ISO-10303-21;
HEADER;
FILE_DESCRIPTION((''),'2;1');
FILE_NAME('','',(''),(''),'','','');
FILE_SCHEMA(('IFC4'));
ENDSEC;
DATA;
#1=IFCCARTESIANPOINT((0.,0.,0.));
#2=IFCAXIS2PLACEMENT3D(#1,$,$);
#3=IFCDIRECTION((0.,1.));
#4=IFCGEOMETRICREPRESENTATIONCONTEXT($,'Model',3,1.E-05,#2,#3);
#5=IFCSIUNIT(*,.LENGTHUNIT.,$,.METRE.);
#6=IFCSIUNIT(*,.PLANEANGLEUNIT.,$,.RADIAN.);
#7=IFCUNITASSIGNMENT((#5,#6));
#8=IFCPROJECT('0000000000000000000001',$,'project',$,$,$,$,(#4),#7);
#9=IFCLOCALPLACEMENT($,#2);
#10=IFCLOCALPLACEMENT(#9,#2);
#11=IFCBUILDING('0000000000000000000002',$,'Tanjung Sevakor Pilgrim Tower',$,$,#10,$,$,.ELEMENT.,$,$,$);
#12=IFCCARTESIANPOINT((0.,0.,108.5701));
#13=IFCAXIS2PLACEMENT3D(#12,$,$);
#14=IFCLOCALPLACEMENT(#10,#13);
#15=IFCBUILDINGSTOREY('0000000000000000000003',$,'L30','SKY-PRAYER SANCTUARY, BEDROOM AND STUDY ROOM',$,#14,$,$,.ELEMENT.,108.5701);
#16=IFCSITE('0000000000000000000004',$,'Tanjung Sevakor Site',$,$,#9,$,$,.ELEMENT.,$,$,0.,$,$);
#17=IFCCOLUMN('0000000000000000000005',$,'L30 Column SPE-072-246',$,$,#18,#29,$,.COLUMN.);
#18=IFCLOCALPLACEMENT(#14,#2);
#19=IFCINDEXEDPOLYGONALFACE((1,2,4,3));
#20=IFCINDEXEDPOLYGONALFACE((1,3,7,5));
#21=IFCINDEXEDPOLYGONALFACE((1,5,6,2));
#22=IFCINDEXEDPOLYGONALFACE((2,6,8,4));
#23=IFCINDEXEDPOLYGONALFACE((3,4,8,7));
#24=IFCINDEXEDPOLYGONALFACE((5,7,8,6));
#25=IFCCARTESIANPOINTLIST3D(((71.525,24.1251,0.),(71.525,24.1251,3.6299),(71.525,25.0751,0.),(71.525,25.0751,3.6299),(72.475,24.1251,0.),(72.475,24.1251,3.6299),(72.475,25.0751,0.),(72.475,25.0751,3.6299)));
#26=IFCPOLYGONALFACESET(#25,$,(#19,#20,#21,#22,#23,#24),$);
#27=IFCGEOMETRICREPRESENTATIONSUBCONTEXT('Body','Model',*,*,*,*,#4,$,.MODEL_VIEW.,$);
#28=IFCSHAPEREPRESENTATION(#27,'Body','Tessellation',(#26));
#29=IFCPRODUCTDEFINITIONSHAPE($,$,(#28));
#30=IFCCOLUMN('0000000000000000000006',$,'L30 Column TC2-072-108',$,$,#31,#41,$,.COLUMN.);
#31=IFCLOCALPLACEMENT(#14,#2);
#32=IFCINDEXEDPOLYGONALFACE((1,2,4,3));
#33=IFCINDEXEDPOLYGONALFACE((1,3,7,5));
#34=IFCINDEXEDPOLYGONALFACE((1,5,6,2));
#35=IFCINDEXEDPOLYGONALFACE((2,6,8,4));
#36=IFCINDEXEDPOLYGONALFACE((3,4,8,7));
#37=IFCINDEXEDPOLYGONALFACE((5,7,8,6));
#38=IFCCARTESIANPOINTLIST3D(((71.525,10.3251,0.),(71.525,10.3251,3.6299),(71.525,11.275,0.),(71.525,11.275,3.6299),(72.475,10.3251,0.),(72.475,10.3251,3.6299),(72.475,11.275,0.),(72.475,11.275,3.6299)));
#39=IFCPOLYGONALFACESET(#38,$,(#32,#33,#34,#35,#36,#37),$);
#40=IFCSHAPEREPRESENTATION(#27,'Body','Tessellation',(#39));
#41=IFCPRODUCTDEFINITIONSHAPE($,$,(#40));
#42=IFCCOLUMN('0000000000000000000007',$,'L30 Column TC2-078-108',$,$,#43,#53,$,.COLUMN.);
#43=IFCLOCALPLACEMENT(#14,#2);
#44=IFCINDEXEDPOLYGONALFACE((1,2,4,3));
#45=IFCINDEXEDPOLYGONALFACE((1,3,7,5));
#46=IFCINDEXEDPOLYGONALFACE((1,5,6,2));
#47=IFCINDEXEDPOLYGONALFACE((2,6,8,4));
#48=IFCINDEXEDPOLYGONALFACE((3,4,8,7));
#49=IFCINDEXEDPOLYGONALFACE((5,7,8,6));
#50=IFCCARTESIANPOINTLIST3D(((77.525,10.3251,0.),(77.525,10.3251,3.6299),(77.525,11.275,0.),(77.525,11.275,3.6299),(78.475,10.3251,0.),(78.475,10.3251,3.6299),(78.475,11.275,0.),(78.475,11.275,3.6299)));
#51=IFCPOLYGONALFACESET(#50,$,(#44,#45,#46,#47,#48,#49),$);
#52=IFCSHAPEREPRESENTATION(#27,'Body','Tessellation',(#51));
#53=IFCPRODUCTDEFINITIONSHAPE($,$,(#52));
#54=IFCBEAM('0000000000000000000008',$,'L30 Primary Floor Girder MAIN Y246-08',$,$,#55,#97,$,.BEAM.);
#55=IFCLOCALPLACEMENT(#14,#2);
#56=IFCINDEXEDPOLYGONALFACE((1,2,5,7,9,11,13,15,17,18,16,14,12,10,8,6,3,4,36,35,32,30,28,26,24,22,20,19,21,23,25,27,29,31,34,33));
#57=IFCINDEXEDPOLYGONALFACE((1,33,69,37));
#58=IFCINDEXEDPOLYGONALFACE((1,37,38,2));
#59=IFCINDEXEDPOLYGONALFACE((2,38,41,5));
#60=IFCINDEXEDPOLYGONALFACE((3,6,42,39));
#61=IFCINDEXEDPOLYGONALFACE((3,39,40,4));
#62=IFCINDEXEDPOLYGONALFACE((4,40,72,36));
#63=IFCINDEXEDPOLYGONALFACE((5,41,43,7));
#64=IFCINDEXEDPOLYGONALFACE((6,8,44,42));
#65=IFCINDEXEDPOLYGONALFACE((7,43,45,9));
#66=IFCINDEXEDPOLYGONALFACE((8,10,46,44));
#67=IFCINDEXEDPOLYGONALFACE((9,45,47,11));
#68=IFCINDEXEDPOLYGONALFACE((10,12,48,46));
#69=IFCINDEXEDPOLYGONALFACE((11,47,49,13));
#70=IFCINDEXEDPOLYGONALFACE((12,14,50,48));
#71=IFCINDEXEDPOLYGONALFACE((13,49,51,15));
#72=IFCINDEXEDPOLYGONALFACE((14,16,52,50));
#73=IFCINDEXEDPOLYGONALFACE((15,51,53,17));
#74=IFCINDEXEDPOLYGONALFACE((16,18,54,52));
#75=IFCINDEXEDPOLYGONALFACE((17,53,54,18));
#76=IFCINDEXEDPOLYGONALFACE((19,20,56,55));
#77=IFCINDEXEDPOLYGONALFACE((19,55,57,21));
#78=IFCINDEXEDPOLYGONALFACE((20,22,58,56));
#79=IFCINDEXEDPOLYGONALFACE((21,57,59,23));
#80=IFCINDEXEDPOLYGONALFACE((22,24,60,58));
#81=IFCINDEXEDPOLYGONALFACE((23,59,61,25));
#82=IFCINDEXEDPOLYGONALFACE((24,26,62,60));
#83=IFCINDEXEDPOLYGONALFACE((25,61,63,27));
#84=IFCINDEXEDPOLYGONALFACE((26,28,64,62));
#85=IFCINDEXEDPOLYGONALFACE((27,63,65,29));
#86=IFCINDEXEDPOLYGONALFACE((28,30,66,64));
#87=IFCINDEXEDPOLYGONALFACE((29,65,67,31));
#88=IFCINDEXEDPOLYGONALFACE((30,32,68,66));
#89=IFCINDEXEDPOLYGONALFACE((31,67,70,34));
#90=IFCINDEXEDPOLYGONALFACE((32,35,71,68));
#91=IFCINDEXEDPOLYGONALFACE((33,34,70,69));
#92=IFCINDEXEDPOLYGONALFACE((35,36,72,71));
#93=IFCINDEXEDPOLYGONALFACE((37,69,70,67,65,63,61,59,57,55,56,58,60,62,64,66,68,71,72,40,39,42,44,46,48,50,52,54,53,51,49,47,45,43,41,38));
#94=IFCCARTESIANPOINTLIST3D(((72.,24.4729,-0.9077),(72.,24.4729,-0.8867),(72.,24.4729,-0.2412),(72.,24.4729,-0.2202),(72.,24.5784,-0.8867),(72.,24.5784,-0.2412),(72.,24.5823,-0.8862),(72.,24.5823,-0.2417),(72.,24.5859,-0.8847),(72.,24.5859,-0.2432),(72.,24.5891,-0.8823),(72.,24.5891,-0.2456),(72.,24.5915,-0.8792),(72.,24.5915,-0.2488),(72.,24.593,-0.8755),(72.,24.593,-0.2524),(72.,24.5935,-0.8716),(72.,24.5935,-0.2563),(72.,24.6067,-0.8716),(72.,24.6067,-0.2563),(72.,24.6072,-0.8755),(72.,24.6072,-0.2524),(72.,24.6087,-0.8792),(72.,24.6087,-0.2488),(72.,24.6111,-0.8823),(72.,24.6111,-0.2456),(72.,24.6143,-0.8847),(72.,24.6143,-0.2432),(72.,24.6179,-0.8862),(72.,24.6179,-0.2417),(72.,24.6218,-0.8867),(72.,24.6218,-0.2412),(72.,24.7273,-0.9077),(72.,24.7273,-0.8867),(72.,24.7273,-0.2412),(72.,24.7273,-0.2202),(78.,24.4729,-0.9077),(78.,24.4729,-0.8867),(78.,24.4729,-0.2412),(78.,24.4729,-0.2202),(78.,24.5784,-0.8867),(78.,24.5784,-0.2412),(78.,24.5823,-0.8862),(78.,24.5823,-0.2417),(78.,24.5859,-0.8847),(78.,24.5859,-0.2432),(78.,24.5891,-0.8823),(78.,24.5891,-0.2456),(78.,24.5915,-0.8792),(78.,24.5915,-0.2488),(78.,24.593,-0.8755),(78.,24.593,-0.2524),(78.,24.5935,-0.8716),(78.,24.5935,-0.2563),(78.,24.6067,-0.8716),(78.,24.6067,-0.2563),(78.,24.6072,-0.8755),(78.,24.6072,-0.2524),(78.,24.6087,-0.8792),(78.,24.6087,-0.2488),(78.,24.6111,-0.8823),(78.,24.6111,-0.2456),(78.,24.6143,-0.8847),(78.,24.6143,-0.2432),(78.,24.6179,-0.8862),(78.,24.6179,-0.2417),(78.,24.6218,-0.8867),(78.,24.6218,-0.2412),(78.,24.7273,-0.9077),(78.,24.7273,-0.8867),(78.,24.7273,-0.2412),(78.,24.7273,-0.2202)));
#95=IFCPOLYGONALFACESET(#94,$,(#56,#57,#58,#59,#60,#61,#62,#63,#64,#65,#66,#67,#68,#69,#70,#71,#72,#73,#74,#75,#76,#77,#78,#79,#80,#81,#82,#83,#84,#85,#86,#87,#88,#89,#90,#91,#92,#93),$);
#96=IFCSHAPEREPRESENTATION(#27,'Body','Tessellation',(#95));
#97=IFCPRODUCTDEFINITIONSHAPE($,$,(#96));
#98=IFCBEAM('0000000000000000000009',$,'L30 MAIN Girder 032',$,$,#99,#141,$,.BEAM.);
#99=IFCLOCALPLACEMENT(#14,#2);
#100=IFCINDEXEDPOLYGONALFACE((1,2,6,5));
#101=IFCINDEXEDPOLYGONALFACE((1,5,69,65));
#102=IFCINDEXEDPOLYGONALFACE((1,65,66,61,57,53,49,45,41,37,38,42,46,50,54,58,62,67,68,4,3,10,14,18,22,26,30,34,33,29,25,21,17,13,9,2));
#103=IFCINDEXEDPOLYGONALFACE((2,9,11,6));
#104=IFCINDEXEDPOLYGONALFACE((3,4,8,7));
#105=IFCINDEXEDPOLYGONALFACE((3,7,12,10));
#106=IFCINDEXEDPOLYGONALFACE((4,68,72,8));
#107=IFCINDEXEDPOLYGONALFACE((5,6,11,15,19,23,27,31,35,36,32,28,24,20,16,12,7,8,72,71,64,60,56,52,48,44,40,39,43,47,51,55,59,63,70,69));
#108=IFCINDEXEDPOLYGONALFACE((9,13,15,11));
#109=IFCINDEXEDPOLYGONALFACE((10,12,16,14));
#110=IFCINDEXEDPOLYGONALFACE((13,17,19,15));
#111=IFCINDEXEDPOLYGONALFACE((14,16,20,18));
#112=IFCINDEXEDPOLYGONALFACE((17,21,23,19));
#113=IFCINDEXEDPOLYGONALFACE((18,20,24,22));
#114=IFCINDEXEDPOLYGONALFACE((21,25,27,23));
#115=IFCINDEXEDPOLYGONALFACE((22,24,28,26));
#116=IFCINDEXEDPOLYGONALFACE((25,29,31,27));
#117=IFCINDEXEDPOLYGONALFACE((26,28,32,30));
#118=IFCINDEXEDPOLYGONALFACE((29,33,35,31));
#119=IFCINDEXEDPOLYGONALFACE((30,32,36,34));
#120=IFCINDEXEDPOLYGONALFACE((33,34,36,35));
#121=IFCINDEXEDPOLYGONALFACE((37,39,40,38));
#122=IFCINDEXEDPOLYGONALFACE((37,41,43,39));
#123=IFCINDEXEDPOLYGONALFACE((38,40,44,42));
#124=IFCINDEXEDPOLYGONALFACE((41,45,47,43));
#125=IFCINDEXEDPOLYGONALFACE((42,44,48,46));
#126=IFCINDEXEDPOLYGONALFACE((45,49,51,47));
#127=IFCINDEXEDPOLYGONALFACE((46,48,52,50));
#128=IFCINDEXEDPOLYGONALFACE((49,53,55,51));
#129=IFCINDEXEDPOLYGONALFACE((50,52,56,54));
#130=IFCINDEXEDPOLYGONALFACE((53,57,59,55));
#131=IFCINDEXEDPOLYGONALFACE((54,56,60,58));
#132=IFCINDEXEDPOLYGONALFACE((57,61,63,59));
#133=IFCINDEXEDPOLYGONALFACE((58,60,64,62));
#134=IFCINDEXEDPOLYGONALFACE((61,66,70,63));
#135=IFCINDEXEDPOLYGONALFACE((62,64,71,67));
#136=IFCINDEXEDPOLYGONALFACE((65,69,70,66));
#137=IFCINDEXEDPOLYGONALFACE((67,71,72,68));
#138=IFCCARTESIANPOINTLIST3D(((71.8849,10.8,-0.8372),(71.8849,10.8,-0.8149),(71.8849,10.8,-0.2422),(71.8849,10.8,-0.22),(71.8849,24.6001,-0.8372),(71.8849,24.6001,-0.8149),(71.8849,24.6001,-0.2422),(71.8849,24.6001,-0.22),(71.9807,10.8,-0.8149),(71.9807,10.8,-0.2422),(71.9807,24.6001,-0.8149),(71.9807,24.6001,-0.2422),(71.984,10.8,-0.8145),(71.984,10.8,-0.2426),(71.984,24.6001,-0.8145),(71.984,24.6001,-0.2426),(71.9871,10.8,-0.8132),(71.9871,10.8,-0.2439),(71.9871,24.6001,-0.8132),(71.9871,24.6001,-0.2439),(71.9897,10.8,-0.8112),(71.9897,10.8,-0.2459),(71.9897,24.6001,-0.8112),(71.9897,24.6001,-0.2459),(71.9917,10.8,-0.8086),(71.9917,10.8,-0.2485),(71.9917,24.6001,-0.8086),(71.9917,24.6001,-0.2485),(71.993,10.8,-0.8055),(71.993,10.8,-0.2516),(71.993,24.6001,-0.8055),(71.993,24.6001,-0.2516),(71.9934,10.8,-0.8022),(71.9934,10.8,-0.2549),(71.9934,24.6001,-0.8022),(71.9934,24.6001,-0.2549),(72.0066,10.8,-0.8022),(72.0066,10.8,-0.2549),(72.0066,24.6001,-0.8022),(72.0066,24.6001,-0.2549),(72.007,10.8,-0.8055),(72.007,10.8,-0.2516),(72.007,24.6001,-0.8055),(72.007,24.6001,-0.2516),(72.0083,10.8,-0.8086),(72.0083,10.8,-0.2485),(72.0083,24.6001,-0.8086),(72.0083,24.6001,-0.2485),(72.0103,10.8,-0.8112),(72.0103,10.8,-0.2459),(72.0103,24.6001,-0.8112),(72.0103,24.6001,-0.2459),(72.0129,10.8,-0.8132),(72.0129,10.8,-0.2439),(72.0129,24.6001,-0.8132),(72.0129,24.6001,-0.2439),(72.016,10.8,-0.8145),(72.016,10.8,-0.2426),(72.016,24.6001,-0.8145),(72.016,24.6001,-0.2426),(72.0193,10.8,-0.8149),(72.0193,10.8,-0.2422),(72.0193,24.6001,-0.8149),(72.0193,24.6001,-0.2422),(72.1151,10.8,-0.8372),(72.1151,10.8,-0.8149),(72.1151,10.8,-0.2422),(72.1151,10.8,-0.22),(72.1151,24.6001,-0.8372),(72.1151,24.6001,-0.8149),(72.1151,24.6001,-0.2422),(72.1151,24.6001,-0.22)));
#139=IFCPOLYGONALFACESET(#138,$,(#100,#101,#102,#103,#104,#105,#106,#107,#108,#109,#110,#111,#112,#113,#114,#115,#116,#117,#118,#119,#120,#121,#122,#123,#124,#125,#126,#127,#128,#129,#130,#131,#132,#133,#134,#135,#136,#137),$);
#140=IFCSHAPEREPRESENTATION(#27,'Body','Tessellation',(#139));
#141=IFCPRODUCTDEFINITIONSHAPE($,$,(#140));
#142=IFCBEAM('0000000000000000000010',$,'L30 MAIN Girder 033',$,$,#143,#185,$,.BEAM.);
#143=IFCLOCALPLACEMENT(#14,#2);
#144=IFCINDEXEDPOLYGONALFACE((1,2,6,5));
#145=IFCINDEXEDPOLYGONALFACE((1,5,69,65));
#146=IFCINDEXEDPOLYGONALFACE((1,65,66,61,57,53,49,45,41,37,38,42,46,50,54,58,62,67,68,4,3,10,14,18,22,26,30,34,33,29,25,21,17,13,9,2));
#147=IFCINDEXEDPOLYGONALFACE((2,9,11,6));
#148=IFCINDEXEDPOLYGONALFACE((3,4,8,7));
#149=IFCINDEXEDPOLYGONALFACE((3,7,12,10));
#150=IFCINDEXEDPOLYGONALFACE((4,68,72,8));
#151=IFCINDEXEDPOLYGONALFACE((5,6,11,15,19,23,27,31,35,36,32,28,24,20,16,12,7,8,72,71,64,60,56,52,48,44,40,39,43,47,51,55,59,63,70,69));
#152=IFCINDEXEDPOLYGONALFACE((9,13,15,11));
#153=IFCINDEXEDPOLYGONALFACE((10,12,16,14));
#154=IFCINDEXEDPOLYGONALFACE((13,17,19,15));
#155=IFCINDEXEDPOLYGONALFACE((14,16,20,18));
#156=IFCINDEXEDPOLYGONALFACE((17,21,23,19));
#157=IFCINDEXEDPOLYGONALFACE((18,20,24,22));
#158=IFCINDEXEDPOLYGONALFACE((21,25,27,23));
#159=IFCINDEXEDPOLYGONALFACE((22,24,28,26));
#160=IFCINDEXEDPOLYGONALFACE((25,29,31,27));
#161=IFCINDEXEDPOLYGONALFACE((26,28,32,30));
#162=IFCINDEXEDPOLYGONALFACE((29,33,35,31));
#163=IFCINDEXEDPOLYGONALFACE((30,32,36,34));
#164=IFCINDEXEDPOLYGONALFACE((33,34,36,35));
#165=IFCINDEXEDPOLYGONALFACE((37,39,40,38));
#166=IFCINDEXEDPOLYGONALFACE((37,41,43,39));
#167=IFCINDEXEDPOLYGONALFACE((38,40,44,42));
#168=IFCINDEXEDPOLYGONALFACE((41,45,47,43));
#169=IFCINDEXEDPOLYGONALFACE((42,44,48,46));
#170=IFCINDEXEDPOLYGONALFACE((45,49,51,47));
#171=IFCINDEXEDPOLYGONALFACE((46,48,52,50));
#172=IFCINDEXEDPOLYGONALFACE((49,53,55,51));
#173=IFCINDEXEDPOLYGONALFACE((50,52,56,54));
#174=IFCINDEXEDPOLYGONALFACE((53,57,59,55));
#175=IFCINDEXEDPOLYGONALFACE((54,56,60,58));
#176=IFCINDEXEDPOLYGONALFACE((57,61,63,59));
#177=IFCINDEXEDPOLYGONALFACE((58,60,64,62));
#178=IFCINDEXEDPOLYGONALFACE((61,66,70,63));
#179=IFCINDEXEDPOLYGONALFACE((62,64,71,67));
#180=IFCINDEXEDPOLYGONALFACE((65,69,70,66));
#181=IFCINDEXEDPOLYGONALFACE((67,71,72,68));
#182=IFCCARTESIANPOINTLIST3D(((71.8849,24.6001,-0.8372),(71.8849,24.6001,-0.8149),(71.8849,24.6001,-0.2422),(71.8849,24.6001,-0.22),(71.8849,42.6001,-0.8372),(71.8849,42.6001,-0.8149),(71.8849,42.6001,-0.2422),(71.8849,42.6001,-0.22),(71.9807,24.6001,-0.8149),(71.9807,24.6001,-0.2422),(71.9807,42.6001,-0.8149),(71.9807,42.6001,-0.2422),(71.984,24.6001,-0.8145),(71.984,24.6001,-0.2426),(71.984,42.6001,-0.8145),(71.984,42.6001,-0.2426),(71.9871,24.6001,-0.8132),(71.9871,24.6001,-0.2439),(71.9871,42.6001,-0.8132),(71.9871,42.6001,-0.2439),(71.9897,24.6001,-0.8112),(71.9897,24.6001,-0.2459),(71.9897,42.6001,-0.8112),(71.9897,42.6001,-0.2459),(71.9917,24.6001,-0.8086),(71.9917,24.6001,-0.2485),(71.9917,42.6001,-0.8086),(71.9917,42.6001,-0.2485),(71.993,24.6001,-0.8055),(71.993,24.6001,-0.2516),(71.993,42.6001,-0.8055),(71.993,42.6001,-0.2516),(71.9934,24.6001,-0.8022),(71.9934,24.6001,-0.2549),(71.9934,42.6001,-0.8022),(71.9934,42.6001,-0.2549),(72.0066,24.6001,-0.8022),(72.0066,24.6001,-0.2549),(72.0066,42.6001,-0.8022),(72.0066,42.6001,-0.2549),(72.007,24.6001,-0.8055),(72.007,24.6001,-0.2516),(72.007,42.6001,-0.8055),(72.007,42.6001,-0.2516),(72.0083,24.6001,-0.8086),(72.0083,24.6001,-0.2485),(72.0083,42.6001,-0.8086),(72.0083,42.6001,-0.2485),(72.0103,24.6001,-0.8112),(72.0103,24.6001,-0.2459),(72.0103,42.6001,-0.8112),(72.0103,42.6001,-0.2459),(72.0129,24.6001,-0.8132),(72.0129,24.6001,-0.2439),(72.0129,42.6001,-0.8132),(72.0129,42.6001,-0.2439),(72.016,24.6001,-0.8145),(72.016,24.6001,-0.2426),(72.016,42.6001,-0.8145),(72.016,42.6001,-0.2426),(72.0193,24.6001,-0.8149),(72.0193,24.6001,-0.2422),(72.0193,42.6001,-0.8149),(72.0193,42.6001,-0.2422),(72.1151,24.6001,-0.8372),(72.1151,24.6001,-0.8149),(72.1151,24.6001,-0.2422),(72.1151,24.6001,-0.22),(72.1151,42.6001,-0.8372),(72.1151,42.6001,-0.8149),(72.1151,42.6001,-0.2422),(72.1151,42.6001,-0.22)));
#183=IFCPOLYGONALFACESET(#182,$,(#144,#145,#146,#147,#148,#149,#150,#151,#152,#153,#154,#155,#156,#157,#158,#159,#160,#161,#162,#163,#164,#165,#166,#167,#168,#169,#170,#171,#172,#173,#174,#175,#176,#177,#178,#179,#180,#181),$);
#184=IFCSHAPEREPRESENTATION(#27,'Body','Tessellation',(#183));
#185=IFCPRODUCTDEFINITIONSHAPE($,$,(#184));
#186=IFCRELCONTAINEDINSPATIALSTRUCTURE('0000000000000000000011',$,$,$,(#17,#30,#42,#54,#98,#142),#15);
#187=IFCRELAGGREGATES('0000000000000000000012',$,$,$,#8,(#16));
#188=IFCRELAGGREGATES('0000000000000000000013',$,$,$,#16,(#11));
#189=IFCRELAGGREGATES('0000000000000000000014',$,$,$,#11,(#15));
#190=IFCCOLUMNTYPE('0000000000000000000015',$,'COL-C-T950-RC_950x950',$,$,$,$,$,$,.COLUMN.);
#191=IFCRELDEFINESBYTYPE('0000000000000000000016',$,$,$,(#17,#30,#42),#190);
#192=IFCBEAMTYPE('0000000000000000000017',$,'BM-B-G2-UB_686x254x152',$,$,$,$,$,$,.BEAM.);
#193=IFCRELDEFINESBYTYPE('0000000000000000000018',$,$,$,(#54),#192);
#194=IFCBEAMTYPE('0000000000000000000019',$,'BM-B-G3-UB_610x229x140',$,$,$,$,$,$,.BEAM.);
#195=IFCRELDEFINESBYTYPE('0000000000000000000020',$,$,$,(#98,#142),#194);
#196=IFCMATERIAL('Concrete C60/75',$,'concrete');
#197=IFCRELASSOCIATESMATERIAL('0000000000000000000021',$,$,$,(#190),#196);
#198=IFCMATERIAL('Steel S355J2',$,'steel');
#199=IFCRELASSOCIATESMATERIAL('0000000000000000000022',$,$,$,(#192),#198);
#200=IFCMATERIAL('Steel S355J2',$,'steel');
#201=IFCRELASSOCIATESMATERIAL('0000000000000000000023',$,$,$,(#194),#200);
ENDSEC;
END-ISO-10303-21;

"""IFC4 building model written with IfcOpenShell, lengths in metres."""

from ifc_helpers import new_model, si_unit, direction, frame, origin, origin_2d, place, context, subcontext, project, spatial, rectangle, i_section, extrude, material, material_profile, profile_set, type_object, element, save


model = new_model("IFC4")

# Units and contexts
model_context = context("Model", 3, precision=1e-05, world=origin(), true_north=direction((0.0, 1.0)))
body_context = subcontext(model_context, "Body", "Model", "MODEL_VIEW")
ifc_project = project(units=[si_unit("LENGTHUNIT", "METRE"), si_unit("PLANEANGLEUNIT", "RADIAN")], contexts=[model_context])

# Site, building, storey
site_placement = place(None, origin())
site = spatial("IfcSite", under=ifc_project, at=site_placement, Name="Tanjung Sevakor Site", CompositionType="ELEMENT", RefElevation=0.0)
building_placement = place(site_placement, origin())
building = spatial("IfcBuilding", under=site, at=building_placement, Name="Tanjung Sevakor Pilgrim Tower", CompositionType="ELEMENT")
storey_placement = place(building_placement, frame((0.0, 0.0, 108.5701)))
storey = spatial("IfcBuildingStorey", under=building, at=storey_placement, Name="L30", Description="SKY-PRAYER SANCTUARY, BEDROOM AND STUDY ROOM", CompositionType="ELEMENT", Elevation=108.5701)

# Columns
ifc_material_1 = material(Name="Concrete C60/75", Category="concrete")
ifc_material_profile_1 = material_profile(ifc_material_1, rectangle(XDim=0.95, YDim=0.95, at=origin_2d()))
ifc_profile_set_1 = profile_set([ifc_material_profile_1], Name="Concrete C60/75")
column_type = type_object("IfcColumnType", Name="COL-C-T950-RC_950x950", PredefinedType="COLUMN", material=ifc_profile_set_1)
for number, where, z_axis, x_axis, name in (
    (1, (72.0, 24.6001, 0.0), (0.0, 0.0, 1.0), (1.0, 0.0, 0.0), "L30 Column SPE-072-246"),
    (2, (72.0, 10.8, 0.0), (0.0, 0.0, 1.0), (1.0, 0.0, 0.0), "L30 Column TC2-072-108"),
    (3, (78.0, 10.8, 0.0), (0.0, 0.0, 1.0), (1.0, 0.0, 0.0), "L30 Column TC2-078-108"),
):
    element("IfcColumn", number, at=place(storey_placement, frame(where, z_axis=z_axis, x_axis=x_axis)), inside=storey, type_object=column_type, Name=name, PredefinedType="COLUMN", context=body_context, shape_type="SweptSolid", body=[
        extrude(rectangle(XDim=0.95, YDim=0.95, at=origin_2d()), origin(), (0.0, 0.0, 1.0), 3.6299),
    ])

# Beams
ifc_material_2 = material(Name="Steel S355J2", Category="steel")
ifc_material_profile_2 = material_profile(ifc_material_2, i_section(OverallWidth=0.2544, OverallDepth=0.6875, WebThickness=0.0132, FlangeThickness=0.021, FilletRadius=0.0151, at=origin_2d()))
ifc_profile_set_2 = profile_set([ifc_material_profile_2], Name="Steel S355J2")
beam_type_1 = type_object("IfcBeamType", Name="BM-B-G2-UB_686x254x152", PredefinedType="BEAM", material=ifc_profile_set_2)
beam_1_placement = place(storey_placement, frame((72.0, 24.6001, -0.564), z_axis=(1.0, 0.0, 0.0), x_axis=(0.0, 1.0, 0.0)))
element("IfcBeam", 4, at=beam_1_placement, inside=storey, type_object=beam_type_1, Name="L30 Primary Floor Girder MAIN Y246-08", PredefinedType="BEAM", context=body_context, shape_type="SweptSolid", body=[
    extrude(i_section(OverallWidth=0.2544, OverallDepth=0.6875, WebThickness=0.0132, FlangeThickness=0.021, FilletRadius=0.0151, at=origin_2d()), origin(), (0.0, 0.0, 1.0), 6.0),
])
ifc_material_3 = material(Name="Steel S355J2", Category="steel")
ifc_material_profile_3 = material_profile(ifc_material_3, i_section(OverallWidth=0.2302, OverallDepth=0.6172, WebThickness=0.0132, FlangeThickness=0.0222, FilletRadius=0.0127, at=origin_2d()))
ifc_profile_set_3 = profile_set([ifc_material_profile_3], Name="Steel S355J2")
beam_type_2 = type_object("IfcBeamType", Name="BM-B-G3-UB_610x229x140", PredefinedType="BEAM", material=ifc_profile_set_3)
beam_2_placement = place(storey_placement, frame((72.0, 10.8, -0.5286), z_axis=(0.0, 1.0, 0.0), x_axis=(-1.0, 0.0, 0.0)))
element("IfcBeam", 5, at=beam_2_placement, inside=storey, type_object=beam_type_2, Name="L30 MAIN Girder 032", PredefinedType="BEAM", context=body_context, shape_type="SweptSolid", body=[
    extrude(i_section(OverallWidth=0.2302, OverallDepth=0.6172, WebThickness=0.0132, FlangeThickness=0.0222, FilletRadius=0.0127, at=origin_2d()), origin(), (0.0, 0.0, 1.0), 13.8),
])
beam_3_placement = place(storey_placement, frame((72.0, 24.6001, -0.5286), z_axis=(0.0, 1.0, 0.0), x_axis=(-1.0, 0.0, 0.0)))
element("IfcBeam", 6, at=beam_3_placement, inside=storey, type_object=beam_type_2, Name="L30 MAIN Girder 033", PredefinedType="BEAM", context=body_context, shape_type="SweptSolid", body=[
    extrude(i_section(OverallWidth=0.2302, OverallDepth=0.6172, WebThickness=0.0132, FlangeThickness=0.0222, FilletRadius=0.0127, at=origin_2d()), origin(), (0.0, 0.0, 1.0), 18.0),
])

save(model, "model.ifc")
